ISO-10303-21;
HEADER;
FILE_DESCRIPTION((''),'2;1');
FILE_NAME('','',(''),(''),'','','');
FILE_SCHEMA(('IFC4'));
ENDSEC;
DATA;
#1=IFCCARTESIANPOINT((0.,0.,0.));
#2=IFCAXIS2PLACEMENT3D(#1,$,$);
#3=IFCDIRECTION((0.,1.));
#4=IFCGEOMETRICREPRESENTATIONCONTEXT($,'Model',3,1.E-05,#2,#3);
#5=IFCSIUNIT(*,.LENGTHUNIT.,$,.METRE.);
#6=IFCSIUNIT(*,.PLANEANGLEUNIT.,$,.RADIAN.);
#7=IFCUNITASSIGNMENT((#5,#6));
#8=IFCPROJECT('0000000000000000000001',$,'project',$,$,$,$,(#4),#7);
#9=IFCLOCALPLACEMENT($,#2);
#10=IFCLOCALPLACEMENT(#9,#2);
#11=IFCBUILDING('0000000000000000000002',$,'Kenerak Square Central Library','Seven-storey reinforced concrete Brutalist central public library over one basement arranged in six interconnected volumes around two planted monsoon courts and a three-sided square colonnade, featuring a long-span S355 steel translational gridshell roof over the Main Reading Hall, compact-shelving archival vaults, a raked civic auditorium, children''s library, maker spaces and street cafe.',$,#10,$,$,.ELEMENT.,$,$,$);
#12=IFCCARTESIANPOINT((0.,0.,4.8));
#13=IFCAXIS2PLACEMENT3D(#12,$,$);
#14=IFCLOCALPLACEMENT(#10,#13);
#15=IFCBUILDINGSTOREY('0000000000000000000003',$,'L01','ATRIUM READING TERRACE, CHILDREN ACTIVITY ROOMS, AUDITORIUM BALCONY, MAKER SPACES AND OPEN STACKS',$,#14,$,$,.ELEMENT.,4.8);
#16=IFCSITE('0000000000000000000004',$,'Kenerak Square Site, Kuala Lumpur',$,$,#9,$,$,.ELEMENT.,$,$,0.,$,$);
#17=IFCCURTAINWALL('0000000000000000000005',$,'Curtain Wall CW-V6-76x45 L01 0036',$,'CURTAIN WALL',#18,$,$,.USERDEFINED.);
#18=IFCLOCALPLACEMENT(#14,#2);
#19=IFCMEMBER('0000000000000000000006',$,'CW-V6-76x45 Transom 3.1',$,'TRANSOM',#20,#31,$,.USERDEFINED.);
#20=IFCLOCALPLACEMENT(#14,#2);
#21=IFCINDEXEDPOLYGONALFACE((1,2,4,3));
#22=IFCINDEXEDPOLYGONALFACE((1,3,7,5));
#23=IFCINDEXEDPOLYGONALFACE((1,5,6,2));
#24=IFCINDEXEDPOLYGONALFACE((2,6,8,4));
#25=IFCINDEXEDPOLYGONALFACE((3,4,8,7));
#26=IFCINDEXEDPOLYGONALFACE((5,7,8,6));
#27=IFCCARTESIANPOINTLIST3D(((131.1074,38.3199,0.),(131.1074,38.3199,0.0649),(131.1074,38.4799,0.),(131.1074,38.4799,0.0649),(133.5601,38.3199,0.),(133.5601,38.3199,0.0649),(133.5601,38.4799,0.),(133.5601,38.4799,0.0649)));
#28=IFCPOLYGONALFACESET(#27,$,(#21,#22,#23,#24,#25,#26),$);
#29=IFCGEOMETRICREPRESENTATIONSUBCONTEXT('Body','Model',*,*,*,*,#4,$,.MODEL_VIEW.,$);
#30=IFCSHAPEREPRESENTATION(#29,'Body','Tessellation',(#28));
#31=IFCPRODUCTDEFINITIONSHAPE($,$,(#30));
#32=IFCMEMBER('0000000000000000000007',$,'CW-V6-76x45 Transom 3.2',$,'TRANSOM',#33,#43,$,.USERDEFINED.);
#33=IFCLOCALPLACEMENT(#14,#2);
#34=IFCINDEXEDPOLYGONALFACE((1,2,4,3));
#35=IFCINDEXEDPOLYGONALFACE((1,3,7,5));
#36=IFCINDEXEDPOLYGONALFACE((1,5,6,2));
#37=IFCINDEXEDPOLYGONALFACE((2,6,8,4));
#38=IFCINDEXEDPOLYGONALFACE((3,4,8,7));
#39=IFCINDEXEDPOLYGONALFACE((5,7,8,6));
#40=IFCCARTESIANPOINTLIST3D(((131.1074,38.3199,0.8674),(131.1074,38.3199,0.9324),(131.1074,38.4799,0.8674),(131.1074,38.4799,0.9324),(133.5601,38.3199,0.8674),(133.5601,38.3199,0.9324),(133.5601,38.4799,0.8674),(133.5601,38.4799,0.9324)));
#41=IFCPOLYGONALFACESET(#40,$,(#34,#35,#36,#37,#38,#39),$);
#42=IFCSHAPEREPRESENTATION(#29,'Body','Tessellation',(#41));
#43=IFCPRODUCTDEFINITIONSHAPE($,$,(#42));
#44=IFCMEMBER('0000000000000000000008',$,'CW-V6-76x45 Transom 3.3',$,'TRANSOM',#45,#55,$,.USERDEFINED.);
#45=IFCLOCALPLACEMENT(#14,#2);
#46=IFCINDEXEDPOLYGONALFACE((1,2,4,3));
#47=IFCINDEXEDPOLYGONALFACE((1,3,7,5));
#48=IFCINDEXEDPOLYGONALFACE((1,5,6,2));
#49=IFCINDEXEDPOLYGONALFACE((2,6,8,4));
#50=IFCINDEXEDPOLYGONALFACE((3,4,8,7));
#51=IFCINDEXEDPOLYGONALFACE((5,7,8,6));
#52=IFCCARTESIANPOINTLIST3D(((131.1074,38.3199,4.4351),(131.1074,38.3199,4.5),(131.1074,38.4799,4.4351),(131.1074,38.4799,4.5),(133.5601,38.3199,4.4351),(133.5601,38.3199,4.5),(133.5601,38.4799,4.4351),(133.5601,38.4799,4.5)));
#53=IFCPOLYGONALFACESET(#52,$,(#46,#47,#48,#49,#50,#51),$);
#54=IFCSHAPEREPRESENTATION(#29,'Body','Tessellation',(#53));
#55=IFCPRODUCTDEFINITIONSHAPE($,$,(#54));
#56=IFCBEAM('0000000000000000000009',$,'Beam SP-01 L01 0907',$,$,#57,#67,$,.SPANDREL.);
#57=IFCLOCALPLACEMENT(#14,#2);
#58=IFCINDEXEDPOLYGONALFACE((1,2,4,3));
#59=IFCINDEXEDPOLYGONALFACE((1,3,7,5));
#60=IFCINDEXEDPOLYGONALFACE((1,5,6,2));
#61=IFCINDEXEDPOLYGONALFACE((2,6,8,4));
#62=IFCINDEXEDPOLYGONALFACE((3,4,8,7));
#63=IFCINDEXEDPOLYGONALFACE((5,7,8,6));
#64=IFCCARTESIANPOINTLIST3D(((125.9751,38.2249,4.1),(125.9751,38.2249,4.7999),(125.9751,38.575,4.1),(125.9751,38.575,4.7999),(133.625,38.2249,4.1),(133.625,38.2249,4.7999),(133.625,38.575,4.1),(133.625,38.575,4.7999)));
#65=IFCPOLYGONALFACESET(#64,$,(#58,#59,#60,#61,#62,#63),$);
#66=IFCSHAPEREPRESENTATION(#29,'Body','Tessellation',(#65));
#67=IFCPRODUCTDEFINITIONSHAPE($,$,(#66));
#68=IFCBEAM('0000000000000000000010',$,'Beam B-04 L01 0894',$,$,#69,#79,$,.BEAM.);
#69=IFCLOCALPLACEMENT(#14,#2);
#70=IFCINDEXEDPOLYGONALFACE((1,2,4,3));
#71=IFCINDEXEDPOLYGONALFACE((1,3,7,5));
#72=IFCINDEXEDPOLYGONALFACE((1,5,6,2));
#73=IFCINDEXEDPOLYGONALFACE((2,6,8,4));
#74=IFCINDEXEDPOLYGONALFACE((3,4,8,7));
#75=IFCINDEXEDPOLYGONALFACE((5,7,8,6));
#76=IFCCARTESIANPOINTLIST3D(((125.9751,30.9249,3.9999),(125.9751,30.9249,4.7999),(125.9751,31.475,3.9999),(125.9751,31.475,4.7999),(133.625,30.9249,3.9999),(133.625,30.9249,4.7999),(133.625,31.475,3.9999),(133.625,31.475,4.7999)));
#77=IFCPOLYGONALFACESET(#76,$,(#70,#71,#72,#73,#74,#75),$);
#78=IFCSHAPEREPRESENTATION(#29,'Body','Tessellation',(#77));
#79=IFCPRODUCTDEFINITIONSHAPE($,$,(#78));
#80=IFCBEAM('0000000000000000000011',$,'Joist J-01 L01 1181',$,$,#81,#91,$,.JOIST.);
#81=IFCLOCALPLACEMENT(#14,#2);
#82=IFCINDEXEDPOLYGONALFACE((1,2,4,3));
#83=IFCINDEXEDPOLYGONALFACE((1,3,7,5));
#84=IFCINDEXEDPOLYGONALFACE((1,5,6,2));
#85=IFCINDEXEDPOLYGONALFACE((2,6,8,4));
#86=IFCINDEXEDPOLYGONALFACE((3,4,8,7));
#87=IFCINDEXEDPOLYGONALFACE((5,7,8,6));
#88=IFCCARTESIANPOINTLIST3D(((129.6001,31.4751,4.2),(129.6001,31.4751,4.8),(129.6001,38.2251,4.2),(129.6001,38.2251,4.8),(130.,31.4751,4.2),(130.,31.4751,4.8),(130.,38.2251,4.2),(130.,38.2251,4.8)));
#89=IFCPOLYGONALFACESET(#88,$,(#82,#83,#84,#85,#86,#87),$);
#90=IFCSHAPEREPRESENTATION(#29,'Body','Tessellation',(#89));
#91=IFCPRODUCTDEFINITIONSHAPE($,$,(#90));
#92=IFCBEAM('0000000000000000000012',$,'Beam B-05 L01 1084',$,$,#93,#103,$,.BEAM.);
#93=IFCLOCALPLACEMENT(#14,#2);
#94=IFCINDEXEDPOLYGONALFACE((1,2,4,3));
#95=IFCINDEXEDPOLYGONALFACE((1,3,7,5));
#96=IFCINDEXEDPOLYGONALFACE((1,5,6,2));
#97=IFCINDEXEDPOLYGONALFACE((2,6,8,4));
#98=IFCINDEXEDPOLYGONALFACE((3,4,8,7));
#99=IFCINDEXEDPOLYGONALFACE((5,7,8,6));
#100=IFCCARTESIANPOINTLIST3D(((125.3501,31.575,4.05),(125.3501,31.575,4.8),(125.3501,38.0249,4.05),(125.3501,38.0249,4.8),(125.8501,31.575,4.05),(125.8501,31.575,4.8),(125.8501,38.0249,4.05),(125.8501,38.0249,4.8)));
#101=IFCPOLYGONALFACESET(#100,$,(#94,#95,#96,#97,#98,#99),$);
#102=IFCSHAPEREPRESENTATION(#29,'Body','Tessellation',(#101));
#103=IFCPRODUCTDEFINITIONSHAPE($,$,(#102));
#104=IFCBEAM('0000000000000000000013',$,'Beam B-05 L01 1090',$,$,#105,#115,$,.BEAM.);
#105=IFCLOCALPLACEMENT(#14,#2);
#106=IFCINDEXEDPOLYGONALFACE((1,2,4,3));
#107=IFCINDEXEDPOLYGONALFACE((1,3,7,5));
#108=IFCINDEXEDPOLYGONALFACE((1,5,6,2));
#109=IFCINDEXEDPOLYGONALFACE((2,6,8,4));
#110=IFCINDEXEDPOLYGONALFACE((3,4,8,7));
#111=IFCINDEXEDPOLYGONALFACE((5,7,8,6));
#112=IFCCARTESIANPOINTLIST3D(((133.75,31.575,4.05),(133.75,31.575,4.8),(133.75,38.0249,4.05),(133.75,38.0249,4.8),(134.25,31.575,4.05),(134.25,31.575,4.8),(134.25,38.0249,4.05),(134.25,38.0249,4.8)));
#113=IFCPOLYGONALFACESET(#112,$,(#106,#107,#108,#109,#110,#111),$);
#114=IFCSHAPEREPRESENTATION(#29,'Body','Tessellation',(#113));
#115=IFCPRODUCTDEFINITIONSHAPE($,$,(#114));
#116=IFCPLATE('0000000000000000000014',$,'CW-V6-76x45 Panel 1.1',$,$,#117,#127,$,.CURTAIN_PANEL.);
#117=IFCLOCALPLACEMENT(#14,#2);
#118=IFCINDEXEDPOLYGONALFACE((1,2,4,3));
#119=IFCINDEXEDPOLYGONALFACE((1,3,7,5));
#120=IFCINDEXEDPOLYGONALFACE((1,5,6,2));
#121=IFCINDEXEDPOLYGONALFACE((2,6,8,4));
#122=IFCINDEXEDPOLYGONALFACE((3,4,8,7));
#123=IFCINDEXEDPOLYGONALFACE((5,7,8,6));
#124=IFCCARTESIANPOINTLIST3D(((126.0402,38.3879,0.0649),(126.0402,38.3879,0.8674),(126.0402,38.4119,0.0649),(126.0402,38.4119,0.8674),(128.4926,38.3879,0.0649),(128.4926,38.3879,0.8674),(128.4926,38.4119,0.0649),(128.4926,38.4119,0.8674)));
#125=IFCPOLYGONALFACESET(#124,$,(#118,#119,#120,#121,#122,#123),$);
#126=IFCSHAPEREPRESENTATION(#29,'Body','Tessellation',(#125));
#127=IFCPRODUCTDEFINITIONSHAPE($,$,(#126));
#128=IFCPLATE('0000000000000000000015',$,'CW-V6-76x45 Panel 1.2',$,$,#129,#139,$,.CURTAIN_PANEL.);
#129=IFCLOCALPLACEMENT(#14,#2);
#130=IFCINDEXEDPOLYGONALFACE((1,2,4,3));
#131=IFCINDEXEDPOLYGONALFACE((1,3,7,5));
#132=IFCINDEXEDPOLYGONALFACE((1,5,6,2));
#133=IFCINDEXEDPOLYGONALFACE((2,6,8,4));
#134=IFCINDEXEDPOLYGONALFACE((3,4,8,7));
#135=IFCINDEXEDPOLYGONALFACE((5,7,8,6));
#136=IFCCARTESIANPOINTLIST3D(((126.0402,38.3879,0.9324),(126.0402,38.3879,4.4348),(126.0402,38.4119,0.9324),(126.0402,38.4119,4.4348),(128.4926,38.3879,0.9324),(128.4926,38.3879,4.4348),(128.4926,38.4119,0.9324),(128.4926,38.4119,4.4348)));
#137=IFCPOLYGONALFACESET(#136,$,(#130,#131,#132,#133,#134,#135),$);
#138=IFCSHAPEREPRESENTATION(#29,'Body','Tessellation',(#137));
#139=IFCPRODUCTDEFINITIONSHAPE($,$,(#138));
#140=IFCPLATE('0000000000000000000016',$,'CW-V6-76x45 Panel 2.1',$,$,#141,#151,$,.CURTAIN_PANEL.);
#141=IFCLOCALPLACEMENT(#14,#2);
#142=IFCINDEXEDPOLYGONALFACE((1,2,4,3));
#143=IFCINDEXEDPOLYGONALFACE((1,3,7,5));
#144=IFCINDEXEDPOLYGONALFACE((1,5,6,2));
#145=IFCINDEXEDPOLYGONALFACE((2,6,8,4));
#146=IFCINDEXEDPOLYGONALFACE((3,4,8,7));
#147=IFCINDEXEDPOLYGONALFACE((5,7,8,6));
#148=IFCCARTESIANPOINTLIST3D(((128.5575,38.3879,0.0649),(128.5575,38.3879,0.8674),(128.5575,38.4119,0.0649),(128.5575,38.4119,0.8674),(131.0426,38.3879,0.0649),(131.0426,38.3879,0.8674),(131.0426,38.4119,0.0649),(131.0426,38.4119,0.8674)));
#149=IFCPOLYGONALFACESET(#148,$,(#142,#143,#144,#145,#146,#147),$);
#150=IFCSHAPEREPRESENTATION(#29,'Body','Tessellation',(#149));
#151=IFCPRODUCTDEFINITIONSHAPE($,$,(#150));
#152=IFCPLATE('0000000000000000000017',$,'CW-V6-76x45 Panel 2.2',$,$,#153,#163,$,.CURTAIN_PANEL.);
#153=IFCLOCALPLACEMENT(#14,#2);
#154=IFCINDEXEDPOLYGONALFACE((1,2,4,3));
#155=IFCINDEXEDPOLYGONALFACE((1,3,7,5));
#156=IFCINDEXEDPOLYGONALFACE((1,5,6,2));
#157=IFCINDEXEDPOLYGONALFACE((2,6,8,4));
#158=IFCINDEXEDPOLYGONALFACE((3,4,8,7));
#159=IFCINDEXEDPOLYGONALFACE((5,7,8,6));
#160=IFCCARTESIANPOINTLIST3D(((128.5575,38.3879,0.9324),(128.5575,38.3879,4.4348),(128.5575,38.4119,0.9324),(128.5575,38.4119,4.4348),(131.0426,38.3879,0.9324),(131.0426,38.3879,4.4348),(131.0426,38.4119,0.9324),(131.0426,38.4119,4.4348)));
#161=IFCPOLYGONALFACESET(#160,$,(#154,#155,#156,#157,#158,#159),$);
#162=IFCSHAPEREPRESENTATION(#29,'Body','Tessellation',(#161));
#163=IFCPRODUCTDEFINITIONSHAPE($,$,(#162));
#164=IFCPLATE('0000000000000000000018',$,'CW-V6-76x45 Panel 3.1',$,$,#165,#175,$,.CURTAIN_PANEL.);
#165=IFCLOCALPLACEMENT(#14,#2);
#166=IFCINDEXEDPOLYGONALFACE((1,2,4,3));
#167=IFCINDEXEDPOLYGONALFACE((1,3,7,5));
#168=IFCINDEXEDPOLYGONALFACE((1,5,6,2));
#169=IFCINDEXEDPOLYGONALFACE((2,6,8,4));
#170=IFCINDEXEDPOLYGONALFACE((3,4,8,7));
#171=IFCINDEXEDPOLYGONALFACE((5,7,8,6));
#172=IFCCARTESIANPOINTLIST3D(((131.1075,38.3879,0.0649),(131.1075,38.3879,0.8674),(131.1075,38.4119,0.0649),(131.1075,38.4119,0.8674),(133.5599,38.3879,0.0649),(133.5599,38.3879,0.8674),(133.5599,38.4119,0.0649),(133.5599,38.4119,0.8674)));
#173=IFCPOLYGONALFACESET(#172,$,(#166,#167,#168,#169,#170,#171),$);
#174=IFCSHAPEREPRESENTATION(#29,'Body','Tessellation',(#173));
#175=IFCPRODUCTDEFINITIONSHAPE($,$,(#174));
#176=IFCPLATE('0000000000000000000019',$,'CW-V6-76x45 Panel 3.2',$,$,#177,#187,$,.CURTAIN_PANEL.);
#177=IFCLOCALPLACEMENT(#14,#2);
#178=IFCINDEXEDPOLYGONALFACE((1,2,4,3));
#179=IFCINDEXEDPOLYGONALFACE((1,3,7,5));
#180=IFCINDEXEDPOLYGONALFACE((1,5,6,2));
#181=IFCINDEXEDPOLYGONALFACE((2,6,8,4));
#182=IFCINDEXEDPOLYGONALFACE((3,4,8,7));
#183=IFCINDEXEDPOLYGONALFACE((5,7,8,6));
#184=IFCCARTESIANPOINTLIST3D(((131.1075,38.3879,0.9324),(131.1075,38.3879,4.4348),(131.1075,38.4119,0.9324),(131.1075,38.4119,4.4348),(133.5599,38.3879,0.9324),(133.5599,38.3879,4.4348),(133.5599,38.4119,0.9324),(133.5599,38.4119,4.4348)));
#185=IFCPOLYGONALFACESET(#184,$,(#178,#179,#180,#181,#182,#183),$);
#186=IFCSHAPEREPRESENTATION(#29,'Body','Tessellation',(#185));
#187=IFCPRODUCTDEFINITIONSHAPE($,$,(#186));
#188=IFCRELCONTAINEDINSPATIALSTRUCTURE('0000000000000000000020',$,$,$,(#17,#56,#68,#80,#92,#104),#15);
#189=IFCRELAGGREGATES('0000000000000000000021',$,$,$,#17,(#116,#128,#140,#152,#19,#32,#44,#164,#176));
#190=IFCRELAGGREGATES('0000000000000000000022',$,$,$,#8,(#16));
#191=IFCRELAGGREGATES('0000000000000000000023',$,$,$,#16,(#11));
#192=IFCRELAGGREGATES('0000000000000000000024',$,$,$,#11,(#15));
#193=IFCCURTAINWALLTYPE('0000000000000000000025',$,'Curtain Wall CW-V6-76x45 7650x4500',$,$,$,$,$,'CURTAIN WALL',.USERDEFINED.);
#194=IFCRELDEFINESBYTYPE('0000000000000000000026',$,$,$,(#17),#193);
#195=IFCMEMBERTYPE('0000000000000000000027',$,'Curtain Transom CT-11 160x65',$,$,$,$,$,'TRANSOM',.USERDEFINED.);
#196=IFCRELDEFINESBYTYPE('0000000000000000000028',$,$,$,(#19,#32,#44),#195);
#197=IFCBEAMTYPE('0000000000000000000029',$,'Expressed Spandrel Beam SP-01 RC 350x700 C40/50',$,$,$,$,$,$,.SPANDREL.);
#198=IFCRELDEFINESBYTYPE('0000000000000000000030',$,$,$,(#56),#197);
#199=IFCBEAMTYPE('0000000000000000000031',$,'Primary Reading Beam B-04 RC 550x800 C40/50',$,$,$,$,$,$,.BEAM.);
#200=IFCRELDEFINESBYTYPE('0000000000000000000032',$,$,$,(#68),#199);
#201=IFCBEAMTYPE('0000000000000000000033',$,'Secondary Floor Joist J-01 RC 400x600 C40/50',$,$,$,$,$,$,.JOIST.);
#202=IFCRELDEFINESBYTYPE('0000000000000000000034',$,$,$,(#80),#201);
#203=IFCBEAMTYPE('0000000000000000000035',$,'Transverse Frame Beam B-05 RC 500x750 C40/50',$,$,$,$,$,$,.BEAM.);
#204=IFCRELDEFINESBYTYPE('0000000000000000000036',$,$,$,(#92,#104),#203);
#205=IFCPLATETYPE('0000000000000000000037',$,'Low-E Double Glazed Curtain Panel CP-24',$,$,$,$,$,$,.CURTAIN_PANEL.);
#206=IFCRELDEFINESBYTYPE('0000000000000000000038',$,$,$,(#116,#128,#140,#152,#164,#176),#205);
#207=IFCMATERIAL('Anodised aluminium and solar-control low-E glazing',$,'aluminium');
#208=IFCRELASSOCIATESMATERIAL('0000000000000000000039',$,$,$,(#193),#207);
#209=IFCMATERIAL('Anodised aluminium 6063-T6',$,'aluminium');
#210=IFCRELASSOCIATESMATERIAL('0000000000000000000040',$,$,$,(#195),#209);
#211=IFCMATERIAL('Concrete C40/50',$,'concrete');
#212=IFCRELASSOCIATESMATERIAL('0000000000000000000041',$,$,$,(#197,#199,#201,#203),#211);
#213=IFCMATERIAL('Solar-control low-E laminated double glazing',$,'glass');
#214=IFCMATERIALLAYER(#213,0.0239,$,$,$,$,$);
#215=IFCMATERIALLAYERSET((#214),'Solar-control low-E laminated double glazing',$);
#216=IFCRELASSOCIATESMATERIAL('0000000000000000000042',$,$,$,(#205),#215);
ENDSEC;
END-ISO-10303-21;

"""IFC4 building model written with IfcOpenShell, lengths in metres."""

from ifc_helpers import new_model, si_unit, direction, frame, origin, origin_2d, place, context, subcontext, project, spatial, rectangle, extrude, material, layer, layer_set, material_profile, profile_set, type_object, element, aggregate, save


model = new_model("IFC4")

# Units and contexts
model_context = context("Model", 3, precision=1e-05, world=origin(), true_north=direction((0.0, 1.0)))
body_context = subcontext(model_context, "Body", "Model", "MODEL_VIEW")
ifc_project = project(units=[si_unit("LENGTHUNIT", "METRE"), si_unit("PLANEANGLEUNIT", "RADIAN")], contexts=[model_context])

# Site, building, storey
site_placement = place(None, origin())
site = spatial("IfcSite", under=ifc_project, at=site_placement, Name="Kenerak Square Site, Kuala Lumpur", CompositionType="ELEMENT", RefElevation=0.0)
building_placement = place(site_placement, origin())
building = spatial("IfcBuilding", under=site, at=building_placement, Name="Kenerak Square Central Library", Description="Seven-storey reinforced concrete Brutalist central public library over one basement arranged in six interconnected volumes around two planted monsoon courts and a three-sided square colonnade, featuring a long-span S355 steel translational gridshell roof over the Main Reading Hall, compact-shelving archival vaults, a raked civic auditorium, children's library, maker spaces and street cafe.", CompositionType="ELEMENT")
storey_placement = place(building_placement, frame((0.0, 0.0, 4.8)))
storey = spatial("IfcBuildingStorey", under=building, at=storey_placement, Name="L01", Description="ATRIUM READING TERRACE, CHILDREN ACTIVITY ROOMS, AUDITORIUM BALCONY, MAKER SPACES AND OPEN STACKS", CompositionType="ELEMENT", Elevation=4.8)

# Shared definitions
ifc_material_1 = material(Name="Concrete C40/50", Category="concrete")

# Shared definitions
ifc_material_2 = material(Name="Anodised aluminium and solar-control low-E glazing", Category="aluminium")
ifc_material_3 = material(Name="Anodised aluminium 6063-T6", Category="aluminium")

# Curtain wall, members
curtain_wall_type_1 = type_object("IfcCurtainWallType", Name="Curtain Wall CW-V6-76x45 7650x4500", ElementType="CURTAIN WALL", PredefinedType="USERDEFINED", material=ifc_material_2)
curtain_wall_1_placement = place(storey_placement, origin())
curtain_wall_1 = element("IfcCurtainWall", 1, at=curtain_wall_1_placement, inside=storey, type_object=curtain_wall_type_1, Name="Curtain Wall CW-V6-76x45 L01 0036", ObjectType="CURTAIN WALL", PredefinedType="USERDEFINED")
ifc_material_profile_1 = material_profile(ifc_material_3, rectangle(XDim=0.1599, YDim=0.0649, at=origin_2d()), Name="AL TRANSOM 160x65")
ifc_profile_set_1 = profile_set([ifc_material_profile_1], Name="Anodised aluminium 6063-T6")
member_type_1 = type_object("IfcMemberType", Name="Curtain Transom CT-11 160x65", ElementType="TRANSOM", PredefinedType="USERDEFINED", material=ifc_profile_set_1)
member_1_placement = place(storey_placement, frame((131.1074, 38.3999, 0.0325), z_axis=(1.0, 0.0, 0.0), x_axis=(0.0, 1.0, 0.0)))
member_1 = element("IfcMember", 2, at=member_1_placement, type_object=member_type_1, Name="CW-V6-76x45 Transom 3.1", ObjectType="TRANSOM", PredefinedType="USERDEFINED", context=body_context, shape_type="SweptSolid", body=[
    extrude(rectangle(XDim=0.1599, YDim=0.0649, at=origin_2d()), origin(), (0.0, 0.0, 1.0), 2.4526),
])
member_2_placement = place(storey_placement, frame((131.1074, 38.3999, 0.8999), z_axis=(1.0, 0.0, 0.0), x_axis=(0.0, 1.0, 0.0)))
member_2 = element("IfcMember", 3, at=member_2_placement, type_object=member_type_1, Name="CW-V6-76x45 Transom 3.2", ObjectType="TRANSOM", PredefinedType="USERDEFINED", context=body_context, shape_type="SweptSolid", body=[
    extrude(rectangle(XDim=0.1599, YDim=0.0649, at=origin_2d()), origin(), (0.0, 0.0, 1.0), 2.4526),
])
member_3_placement = place(storey_placement, frame((131.1074, 38.3999, 4.4675), z_axis=(1.0, 0.0, 0.0), x_axis=(0.0, 1.0, 0.0)))
member_3 = element("IfcMember", 4, at=member_3_placement, type_object=member_type_1, Name="CW-V6-76x45 Transom 3.3", ObjectType="TRANSOM", PredefinedType="USERDEFINED", context=body_context, shape_type="SweptSolid", body=[
    extrude(rectangle(XDim=0.1599, YDim=0.0649, at=origin_2d()), origin(), (0.0, 0.0, 1.0), 2.4526),
])

# Beams
ifc_material_profile_2 = material_profile(ifc_material_1, rectangle(XDim=0.3501, YDim=0.7, at=origin_2d()), Name="RC 350x700")
ifc_profile_set_2 = profile_set([ifc_material_profile_2], Name="Concrete C40/50")
beam_type_1 = type_object("IfcBeamType", Name="Expressed Spandrel Beam SP-01 RC 350x700 C40/50", PredefinedType="SPANDREL", material=ifc_profile_set_2)
beam_1_placement = place(storey_placement, frame((125.9751, 38.3999, 4.45), z_axis=(1.0, 0.0, 0.0), x_axis=(0.0, 1.0, 0.0)))
element("IfcBeam", 5, at=beam_1_placement, inside=storey, type_object=beam_type_1, Name="Beam SP-01 L01 0907", PredefinedType="SPANDREL", context=body_context, shape_type="SweptSolid", body=[
    extrude(rectangle(XDim=0.3501, YDim=0.7, at=origin_2d()), origin(), (0.0, 0.0, 1.0), 7.6499),
])
ifc_material_profile_3 = material_profile(ifc_material_1, rectangle(XDim=0.55, YDim=0.8, at=origin_2d()), Name="RC 550x800")
ifc_profile_set_3 = profile_set([ifc_material_profile_3], Name="Concrete C40/50")
beam_type_2 = type_object("IfcBeamType", Name="Primary Reading Beam B-04 RC 550x800 C40/50", PredefinedType="BEAM", material=ifc_profile_set_3)
beam_2_placement = place(storey_placement, frame((125.9751, 31.2, 4.3999), z_axis=(1.0, 0.0, 0.0), x_axis=(0.0, 1.0, 0.0)))
element("IfcBeam", 6, at=beam_2_placement, inside=storey, type_object=beam_type_2, Name="Beam B-04 L01 0894", PredefinedType="BEAM", context=body_context, shape_type="SweptSolid", body=[
    extrude(rectangle(XDim=0.55, YDim=0.8, at=origin_2d()), origin(), (0.0, 0.0, 1.0), 7.6499),
])
ifc_material_profile_4 = material_profile(ifc_material_1, rectangle(XDim=0.3999, YDim=0.6001, at=origin_2d()), Name="RC 400x600")
ifc_profile_set_4 = profile_set([ifc_material_profile_4], Name="Concrete C40/50")
beam_type_3 = type_object("IfcBeamType", Name="Secondary Floor Joist J-01 RC 400x600 C40/50", PredefinedType="JOIST", material=ifc_profile_set_4)
beam_3_placement = place(storey_placement, frame((129.8, 31.4751, 4.5), z_axis=(0.0, 1.0, 0.0), x_axis=(-1.0, 0.0, 0.0)))
element("IfcBeam", 7, at=beam_3_placement, inside=storey, type_object=beam_type_3, Name="Joist J-01 L01 1181", PredefinedType="JOIST", context=body_context, shape_type="SweptSolid", body=[
    extrude(rectangle(XDim=0.3999, YDim=0.6001, at=origin_2d()), origin(), (0.0, 0.0, 1.0), 6.75),
])
ifc_material_profile_5 = material_profile(ifc_material_1, rectangle(XDim=0.5, YDim=0.75, at=origin_2d()), Name="RC 500x750")
ifc_profile_set_5 = profile_set([ifc_material_profile_5], Name="Concrete C40/50")
beam_type_4 = type_object("IfcBeamType", Name="Transverse Frame Beam B-05 RC 500x750 C40/50", PredefinedType="BEAM", material=ifc_profile_set_5)
for number, where, z_axis, x_axis, name in (
    (8, (125.6001, 31.575, 4.425), (0.0, 1.0, 0.0), (-1.0, 0.0, 0.0), "Beam B-05 L01 1084"),
    (9, (134.0, 31.575, 4.425), (0.0, 1.0, 0.0), (-1.0, 0.0, 0.0), "Beam B-05 L01 1090"),
):
    element("IfcBeam", number, at=place(storey_placement, frame(where, z_axis=z_axis, x_axis=x_axis)), inside=storey, type_object=beam_type_4, Name=name, PredefinedType="BEAM", context=body_context, shape_type="SweptSolid", body=[
        extrude(rectangle(XDim=0.5, YDim=0.75, at=origin_2d()), origin(), (0.0, 0.0, 1.0), 6.45),
    ])

# Plates
ifc_material_4 = material(Name="Solar-control low-E laminated double glazing", Category="glass")
ifc_layer_1 = layer(ifc_material_4, 0.0239)
ifc_layer_set_1 = layer_set([ifc_layer_1], Name="Solar-control low-E laminated double glazing")
plate_type = type_object("IfcPlateType", Name="Low-E Double Glazed Curtain Panel CP-24", PredefinedType="CURTAIN_PANEL", material=ifc_layer_set_1)
plate_1_placement = place(storey_placement, frame((127.2664, 38.3999, 0.0649), z_axis=(0.0, 0.0, 1.0), x_axis=(1.0, 0.0, 0.0)))
plate_1 = element("IfcPlate", 10, at=plate_1_placement, type_object=plate_type, Name="CW-V6-76x45 Panel 1.1", PredefinedType="CURTAIN_PANEL", context=body_context, shape_type="SweptSolid", body=[
    extrude(rectangle(XDim=2.4524, YDim=0.0239, at=origin_2d()), origin(), (0.0, 0.0, 1.0), 0.8025),
])
plate_2_placement = place(storey_placement, frame((127.2664, 38.3999, 0.9324), z_axis=(0.0, 0.0, 1.0), x_axis=(1.0, 0.0, 0.0)))
plate_2 = element("IfcPlate", 11, at=plate_2_placement, type_object=plate_type, Name="CW-V6-76x45 Panel 1.2", PredefinedType="CURTAIN_PANEL", context=body_context, shape_type="SweptSolid", body=[
    extrude(rectangle(XDim=2.4524, YDim=0.0239, at=origin_2d()), origin(), (0.0, 0.0, 1.0), 3.5024),
])
plate_3_placement = place(storey_placement, frame((129.8, 38.3999, 0.0649), z_axis=(0.0, 0.0, 1.0), x_axis=(1.0, 0.0, 0.0)))
plate_3 = element("IfcPlate", 12, at=plate_3_placement, type_object=plate_type, Name="CW-V6-76x45 Panel 2.1", PredefinedType="CURTAIN_PANEL", context=body_context, shape_type="SweptSolid", body=[
    extrude(rectangle(XDim=2.4851, YDim=0.0239, at=origin_2d()), origin(), (0.0, 0.0, 1.0), 0.8025),
])
plate_4_placement = place(storey_placement, frame((129.8, 38.3999, 0.9324), z_axis=(0.0, 0.0, 1.0), x_axis=(1.0, 0.0, 0.0)))
plate_4 = element("IfcPlate", 13, at=plate_4_placement, type_object=plate_type, Name="CW-V6-76x45 Panel 2.2", PredefinedType="CURTAIN_PANEL", context=body_context, shape_type="SweptSolid", body=[
    extrude(rectangle(XDim=2.4851, YDim=0.0239, at=origin_2d()), origin(), (0.0, 0.0, 1.0), 3.5024),
])
plate_5_placement = place(storey_placement, frame((132.3337, 38.3999, 0.0649), z_axis=(0.0, 0.0, 1.0), x_axis=(1.0, 0.0, 0.0)))
plate_5 = element("IfcPlate", 14, at=plate_5_placement, type_object=plate_type, Name="CW-V6-76x45 Panel 3.1", PredefinedType="CURTAIN_PANEL", context=body_context, shape_type="SweptSolid", body=[
    extrude(rectangle(XDim=2.4524, YDim=0.0239, at=origin_2d()), origin(), (0.0, 0.0, 1.0), 0.8025),
])
plate_6_placement = place(storey_placement, frame((132.3337, 38.3999, 0.9324), z_axis=(0.0, 0.0, 1.0), x_axis=(1.0, 0.0, 0.0)))
plate_6 = element("IfcPlate", 15, at=plate_6_placement, type_object=plate_type, Name="CW-V6-76x45 Panel 3.2", PredefinedType="CURTAIN_PANEL", context=body_context, shape_type="SweptSolid", body=[
    extrude(rectangle(XDim=2.4524, YDim=0.0239, at=origin_2d()), origin(), (0.0, 0.0, 1.0), 3.5024),
])
aggregate(curtain_wall_1, [plate_1, plate_2, plate_3, plate_4, member_1, member_2, member_3, plate_5, plate_6])

save(model, "model.ifc")
